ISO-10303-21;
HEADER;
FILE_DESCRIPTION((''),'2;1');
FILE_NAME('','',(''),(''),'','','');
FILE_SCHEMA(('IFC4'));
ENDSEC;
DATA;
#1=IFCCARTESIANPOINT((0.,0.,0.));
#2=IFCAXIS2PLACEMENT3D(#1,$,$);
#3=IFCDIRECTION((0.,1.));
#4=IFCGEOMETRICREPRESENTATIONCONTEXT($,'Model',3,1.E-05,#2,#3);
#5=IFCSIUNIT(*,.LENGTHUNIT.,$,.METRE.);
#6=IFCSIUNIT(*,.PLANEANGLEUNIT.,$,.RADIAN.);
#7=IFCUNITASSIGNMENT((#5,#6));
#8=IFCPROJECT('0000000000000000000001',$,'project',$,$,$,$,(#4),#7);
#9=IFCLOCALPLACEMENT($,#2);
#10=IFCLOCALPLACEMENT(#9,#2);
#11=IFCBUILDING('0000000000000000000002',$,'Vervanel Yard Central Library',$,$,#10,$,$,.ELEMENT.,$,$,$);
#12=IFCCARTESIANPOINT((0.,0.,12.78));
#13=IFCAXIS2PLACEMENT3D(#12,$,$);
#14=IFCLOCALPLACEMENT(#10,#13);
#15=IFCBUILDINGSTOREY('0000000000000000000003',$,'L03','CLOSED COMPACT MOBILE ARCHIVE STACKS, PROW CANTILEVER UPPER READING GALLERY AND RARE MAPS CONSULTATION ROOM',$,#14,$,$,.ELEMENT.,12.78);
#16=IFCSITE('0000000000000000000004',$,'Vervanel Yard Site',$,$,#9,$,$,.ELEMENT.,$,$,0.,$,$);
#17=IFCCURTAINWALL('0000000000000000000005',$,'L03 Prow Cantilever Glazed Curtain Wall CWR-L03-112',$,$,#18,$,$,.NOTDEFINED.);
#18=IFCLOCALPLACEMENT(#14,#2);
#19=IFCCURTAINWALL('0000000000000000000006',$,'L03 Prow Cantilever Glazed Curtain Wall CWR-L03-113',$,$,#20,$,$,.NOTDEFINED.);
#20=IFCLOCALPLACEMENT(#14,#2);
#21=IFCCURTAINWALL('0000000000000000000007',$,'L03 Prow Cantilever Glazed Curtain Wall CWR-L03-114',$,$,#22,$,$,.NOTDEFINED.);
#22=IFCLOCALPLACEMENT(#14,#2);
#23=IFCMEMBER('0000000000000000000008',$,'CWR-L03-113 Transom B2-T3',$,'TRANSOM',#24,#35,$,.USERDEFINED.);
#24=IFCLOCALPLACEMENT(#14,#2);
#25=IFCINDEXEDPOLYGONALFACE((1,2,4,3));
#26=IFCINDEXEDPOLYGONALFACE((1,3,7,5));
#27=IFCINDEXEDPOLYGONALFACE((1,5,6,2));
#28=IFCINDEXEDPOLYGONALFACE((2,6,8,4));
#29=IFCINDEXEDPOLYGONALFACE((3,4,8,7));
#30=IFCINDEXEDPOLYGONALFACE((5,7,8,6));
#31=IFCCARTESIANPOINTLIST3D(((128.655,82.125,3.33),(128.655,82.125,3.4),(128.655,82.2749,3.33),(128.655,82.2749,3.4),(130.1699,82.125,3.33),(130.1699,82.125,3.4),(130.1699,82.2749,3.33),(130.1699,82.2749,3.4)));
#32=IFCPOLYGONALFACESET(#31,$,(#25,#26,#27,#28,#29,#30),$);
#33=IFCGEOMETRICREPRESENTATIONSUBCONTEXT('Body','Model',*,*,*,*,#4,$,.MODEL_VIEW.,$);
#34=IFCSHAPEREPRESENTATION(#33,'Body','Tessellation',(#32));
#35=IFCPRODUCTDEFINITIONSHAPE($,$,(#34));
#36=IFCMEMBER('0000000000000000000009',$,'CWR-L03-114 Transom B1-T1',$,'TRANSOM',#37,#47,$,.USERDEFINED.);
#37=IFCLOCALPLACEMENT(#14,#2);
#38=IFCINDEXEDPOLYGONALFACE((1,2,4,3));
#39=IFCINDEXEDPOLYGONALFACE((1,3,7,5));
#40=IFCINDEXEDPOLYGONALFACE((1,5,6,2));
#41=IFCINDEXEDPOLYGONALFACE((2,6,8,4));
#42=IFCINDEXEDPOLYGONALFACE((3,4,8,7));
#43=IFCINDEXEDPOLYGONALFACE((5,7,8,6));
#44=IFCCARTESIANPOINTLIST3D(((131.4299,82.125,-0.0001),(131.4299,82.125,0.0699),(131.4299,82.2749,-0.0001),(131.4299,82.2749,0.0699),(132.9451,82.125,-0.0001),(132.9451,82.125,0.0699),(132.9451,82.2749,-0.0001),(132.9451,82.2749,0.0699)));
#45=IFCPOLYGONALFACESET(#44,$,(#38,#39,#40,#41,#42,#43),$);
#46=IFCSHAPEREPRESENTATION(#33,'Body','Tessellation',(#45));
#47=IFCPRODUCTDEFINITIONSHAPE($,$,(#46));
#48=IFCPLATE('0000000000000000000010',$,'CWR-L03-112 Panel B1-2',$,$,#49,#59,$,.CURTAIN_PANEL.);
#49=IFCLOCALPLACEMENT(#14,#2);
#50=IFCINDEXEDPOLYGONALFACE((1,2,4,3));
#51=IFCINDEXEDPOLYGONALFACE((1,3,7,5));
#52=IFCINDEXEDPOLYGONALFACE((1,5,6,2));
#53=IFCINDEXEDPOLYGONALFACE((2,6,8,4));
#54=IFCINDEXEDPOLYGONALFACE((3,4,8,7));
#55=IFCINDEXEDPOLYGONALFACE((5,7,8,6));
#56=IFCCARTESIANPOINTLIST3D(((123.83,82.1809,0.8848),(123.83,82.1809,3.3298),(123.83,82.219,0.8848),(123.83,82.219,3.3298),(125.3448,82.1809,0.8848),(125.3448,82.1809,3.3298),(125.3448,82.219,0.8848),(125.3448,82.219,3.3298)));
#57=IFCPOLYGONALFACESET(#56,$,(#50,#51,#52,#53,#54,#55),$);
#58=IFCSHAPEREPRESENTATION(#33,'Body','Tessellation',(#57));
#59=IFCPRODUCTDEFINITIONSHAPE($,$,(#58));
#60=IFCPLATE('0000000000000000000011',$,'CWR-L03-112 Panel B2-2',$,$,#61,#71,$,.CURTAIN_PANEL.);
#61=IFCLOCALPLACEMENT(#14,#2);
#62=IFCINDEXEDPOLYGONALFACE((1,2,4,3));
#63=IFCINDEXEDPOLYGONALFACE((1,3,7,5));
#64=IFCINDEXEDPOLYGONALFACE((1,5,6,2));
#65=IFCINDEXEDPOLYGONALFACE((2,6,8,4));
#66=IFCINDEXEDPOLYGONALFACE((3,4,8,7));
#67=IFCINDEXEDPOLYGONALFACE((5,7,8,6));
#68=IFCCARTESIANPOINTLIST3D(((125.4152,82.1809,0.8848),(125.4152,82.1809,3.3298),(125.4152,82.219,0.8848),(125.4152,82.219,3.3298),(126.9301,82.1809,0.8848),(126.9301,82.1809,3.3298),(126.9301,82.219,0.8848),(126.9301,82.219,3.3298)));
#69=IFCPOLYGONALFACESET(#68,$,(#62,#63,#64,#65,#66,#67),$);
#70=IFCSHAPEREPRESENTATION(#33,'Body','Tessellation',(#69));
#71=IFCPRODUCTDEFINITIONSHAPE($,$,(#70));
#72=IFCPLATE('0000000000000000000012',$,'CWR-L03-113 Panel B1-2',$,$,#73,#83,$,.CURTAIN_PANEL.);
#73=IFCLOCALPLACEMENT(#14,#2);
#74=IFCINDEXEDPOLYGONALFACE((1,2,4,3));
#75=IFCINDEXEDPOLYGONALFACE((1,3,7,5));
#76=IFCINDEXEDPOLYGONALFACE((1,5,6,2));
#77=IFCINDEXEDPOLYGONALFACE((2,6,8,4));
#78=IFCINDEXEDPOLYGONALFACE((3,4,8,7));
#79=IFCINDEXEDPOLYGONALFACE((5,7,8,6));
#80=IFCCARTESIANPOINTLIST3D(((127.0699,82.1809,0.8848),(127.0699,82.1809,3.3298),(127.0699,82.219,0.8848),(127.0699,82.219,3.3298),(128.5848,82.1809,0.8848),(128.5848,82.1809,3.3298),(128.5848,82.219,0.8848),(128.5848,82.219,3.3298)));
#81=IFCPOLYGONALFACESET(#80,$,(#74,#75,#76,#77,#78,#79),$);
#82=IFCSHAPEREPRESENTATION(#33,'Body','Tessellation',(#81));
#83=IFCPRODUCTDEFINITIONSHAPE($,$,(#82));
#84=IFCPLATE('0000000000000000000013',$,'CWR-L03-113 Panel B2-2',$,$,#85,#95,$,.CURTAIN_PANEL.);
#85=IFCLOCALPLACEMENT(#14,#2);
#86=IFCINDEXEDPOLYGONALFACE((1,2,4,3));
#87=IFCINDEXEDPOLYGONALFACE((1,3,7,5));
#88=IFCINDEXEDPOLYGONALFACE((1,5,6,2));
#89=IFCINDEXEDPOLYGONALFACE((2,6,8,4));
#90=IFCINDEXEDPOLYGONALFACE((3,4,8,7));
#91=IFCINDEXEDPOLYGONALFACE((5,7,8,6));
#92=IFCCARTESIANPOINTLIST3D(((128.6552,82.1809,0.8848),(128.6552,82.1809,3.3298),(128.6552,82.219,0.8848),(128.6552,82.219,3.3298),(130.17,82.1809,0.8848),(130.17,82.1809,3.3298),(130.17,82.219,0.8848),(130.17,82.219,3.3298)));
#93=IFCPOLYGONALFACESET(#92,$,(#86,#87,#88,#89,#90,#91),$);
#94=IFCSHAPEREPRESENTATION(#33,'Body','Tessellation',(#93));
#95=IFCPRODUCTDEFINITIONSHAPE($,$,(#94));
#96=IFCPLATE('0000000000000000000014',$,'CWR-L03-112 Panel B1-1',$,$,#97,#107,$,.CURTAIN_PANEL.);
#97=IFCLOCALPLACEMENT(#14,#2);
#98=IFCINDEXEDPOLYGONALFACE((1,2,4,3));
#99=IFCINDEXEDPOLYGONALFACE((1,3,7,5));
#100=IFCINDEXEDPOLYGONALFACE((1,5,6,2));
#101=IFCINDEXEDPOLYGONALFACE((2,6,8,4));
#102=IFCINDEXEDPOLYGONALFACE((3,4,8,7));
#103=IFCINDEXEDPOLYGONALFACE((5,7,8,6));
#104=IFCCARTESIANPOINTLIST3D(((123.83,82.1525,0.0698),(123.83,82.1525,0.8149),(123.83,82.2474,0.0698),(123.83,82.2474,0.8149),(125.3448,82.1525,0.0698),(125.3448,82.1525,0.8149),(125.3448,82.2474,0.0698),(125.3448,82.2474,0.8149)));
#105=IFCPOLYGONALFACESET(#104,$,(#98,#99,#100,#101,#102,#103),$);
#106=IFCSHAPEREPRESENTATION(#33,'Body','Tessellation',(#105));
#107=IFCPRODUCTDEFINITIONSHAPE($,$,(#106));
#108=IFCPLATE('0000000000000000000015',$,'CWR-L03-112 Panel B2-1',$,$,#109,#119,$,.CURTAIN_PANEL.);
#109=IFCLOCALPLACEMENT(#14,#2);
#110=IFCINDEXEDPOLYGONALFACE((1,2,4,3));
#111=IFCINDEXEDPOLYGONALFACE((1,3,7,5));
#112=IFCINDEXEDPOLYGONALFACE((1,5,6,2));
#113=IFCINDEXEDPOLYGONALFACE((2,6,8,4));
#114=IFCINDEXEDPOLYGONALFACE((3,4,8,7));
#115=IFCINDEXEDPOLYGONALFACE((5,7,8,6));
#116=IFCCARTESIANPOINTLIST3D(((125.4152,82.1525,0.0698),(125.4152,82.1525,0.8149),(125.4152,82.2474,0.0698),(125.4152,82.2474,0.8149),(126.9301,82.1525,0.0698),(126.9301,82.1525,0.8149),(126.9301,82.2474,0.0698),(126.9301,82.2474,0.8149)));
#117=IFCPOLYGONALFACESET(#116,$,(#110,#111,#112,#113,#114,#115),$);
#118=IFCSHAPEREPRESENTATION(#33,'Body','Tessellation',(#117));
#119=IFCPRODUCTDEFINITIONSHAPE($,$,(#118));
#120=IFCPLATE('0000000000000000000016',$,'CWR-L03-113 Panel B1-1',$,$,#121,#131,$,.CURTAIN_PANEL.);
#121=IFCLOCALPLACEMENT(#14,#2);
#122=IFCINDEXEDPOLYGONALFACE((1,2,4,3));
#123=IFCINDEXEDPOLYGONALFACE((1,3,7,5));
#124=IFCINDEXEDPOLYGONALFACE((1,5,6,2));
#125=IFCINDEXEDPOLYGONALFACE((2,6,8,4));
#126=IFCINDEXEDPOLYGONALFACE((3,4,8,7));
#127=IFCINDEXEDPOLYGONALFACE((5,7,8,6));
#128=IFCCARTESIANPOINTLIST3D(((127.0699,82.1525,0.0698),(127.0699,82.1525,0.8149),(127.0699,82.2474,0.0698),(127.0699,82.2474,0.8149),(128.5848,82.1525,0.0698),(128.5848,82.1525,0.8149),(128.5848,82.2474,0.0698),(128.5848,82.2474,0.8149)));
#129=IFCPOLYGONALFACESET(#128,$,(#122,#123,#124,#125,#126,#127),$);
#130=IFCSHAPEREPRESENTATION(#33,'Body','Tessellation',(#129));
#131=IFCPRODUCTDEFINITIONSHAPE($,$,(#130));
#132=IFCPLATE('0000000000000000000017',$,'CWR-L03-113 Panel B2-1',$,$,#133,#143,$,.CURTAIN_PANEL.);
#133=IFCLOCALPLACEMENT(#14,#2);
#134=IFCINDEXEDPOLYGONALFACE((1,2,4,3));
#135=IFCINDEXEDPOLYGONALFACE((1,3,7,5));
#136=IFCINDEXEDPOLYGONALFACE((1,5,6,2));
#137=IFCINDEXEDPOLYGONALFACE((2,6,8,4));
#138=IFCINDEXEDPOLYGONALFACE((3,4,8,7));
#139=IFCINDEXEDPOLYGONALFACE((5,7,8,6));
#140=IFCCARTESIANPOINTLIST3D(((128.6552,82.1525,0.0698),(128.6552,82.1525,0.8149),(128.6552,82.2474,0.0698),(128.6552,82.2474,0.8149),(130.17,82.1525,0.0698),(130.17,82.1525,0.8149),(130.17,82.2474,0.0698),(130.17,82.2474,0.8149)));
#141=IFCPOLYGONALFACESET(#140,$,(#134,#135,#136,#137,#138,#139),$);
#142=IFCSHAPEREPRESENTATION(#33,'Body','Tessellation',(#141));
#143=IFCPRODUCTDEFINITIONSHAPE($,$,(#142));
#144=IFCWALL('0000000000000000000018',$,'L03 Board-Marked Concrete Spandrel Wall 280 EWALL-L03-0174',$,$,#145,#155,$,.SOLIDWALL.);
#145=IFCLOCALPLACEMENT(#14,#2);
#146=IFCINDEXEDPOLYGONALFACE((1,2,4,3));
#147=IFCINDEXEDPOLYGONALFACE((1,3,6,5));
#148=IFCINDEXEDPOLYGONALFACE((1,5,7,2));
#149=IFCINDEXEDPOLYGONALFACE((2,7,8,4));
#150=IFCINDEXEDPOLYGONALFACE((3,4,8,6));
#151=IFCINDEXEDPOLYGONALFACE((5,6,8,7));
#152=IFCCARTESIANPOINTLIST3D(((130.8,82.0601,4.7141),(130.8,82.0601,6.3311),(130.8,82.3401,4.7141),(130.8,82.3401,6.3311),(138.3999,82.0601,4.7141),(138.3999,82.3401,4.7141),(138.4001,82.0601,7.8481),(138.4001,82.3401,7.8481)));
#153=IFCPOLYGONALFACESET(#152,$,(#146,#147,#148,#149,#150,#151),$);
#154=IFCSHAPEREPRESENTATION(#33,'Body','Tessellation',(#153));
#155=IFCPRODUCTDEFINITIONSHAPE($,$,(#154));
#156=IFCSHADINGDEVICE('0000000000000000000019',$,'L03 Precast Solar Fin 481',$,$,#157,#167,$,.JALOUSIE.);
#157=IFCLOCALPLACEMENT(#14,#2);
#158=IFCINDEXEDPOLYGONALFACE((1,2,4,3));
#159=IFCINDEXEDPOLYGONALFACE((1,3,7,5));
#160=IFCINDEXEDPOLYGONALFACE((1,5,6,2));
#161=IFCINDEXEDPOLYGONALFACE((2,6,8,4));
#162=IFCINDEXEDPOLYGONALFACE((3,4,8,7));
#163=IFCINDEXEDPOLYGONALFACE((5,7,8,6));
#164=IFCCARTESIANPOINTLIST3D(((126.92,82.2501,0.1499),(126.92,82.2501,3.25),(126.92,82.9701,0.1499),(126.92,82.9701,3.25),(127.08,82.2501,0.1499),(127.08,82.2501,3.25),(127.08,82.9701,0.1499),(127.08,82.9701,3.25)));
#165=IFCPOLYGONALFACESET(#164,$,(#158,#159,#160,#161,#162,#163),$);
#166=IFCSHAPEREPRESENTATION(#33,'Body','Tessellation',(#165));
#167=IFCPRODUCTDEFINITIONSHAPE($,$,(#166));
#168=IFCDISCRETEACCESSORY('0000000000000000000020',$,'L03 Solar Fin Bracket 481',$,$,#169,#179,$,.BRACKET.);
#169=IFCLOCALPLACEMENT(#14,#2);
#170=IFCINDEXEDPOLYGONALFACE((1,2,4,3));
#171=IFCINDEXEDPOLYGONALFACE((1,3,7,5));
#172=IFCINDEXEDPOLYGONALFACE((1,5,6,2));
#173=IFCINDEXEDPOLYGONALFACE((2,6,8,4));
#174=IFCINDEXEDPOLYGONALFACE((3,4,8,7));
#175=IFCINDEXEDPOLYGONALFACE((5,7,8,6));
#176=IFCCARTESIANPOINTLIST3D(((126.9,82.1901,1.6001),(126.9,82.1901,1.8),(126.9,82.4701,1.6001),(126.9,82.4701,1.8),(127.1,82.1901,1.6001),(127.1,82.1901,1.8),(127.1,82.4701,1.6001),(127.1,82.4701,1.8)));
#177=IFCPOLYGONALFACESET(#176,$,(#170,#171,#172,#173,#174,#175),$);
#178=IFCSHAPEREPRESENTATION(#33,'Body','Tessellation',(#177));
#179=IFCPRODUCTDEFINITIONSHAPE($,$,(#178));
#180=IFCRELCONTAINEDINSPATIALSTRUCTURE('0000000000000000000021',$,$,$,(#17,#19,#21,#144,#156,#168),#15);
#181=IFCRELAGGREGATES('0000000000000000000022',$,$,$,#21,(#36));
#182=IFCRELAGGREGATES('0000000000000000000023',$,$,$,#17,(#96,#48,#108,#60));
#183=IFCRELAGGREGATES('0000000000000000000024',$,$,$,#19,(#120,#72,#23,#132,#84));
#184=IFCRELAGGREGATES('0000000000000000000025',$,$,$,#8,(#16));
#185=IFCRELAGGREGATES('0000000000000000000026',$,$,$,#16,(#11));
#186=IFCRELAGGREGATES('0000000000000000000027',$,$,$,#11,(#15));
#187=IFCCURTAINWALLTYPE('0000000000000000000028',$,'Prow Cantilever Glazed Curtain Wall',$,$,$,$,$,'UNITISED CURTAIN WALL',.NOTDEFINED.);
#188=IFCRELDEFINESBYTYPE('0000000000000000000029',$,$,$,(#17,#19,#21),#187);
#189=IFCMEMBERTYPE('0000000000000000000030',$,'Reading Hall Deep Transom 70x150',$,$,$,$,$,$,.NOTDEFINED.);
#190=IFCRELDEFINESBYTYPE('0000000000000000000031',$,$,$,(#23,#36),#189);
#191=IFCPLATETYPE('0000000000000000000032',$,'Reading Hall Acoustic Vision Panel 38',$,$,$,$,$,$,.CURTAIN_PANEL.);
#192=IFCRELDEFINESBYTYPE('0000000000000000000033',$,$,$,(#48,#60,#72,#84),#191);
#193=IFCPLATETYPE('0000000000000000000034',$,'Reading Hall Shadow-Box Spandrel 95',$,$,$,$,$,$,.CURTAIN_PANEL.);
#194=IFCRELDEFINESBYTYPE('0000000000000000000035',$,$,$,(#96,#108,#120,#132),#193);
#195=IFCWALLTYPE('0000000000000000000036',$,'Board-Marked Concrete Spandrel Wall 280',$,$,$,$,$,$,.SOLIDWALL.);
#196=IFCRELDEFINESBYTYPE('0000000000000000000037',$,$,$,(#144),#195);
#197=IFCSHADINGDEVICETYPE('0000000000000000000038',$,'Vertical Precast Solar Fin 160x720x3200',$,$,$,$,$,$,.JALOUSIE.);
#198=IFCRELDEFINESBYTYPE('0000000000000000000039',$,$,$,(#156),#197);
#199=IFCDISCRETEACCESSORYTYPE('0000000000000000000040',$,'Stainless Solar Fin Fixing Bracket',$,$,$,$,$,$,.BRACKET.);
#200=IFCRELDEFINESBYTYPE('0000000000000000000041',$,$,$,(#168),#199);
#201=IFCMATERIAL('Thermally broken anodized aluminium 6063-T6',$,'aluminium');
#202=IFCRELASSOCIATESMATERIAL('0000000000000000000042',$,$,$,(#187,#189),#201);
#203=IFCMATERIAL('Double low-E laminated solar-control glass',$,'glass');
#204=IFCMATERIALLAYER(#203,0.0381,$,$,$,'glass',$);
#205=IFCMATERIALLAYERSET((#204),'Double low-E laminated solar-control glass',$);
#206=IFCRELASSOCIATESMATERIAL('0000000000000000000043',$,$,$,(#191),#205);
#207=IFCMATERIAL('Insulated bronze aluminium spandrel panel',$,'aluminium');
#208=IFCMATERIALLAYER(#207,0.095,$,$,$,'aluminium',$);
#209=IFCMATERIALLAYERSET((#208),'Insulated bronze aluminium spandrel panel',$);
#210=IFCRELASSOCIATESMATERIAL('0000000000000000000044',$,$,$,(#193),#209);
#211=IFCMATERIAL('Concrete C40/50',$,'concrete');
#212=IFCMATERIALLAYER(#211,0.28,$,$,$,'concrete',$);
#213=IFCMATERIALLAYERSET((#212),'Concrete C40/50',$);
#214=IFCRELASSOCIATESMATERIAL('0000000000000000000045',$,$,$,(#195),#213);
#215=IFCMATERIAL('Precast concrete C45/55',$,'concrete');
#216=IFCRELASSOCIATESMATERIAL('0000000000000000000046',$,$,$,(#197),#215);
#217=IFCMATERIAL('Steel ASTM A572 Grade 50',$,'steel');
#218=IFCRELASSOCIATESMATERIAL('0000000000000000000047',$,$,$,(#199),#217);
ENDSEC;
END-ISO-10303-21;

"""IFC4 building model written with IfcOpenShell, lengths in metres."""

from ifc_helpers import new_model, si_unit, direction, frame, origin, origin_2d, place, context, subcontext, project, spatial, polyline, rectangle, outline, extrude, material, layer, layer_set, material_profile, profile_set, type_object, element, aggregate, save


model = new_model("IFC4")

# Units and contexts
model_context = context("Model", 3, precision=1e-05, world=origin(), true_north=direction((0.0, 1.0)))
body_context = subcontext(model_context, "Body", "Model", "MODEL_VIEW")
ifc_project = project(units=[si_unit("LENGTHUNIT", "METRE"), si_unit("PLANEANGLEUNIT", "RADIAN")], contexts=[model_context])

# Site, building, storey
site_placement = place(None, origin())
site = spatial("IfcSite", under=ifc_project, at=site_placement, Name="Vervanel Yard Site", CompositionType="ELEMENT", RefElevation=0.0)
building_placement = place(site_placement, origin())
building = spatial("IfcBuilding", under=site, at=building_placement, Name="Vervanel Yard Central Library", CompositionType="ELEMENT")
storey_placement = place(building_placement, frame((0.0, 0.0, 12.78)))
storey = spatial("IfcBuildingStorey", under=building, at=storey_placement, Name="L03", Description="CLOSED COMPACT MOBILE ARCHIVE STACKS, PROW CANTILEVER UPPER READING GALLERY AND RARE MAPS CONSULTATION ROOM", CompositionType="ELEMENT", Elevation=12.78)

# Curtain walls
ifc_material_1 = material(Name="Thermally broken anodized aluminium 6063-T6", Category="aluminium")
curtain_wall_type = type_object("IfcCurtainWallType", Name="Prow Cantilever Glazed Curtain Wall", ElementType="UNITISED CURTAIN WALL", PredefinedType="NOTDEFINED", material=ifc_material_1)
curtain_wall_1_placement = place(storey_placement, origin())
curtain_wall_1 = element("IfcCurtainWall", 1, at=curtain_wall_1_placement, inside=storey, type_object=curtain_wall_type, Name="L03 Prow Cantilever Glazed Curtain Wall CWR-L03-112", PredefinedType="NOTDEFINED")
curtain_wall_2_placement = place(storey_placement, origin())
curtain_wall_2 = element("IfcCurtainWall", 2, at=curtain_wall_2_placement, inside=storey, type_object=curtain_wall_type, Name="L03 Prow Cantilever Glazed Curtain Wall CWR-L03-113", PredefinedType="NOTDEFINED")

# Curtain wall
curtain_wall_3_placement = place(storey_placement, origin())
curtain_wall_3 = element("IfcCurtainWall", 3, at=curtain_wall_3_placement, inside=storey, type_object=curtain_wall_type, Name="L03 Prow Cantilever Glazed Curtain Wall CWR-L03-114", PredefinedType="NOTDEFINED")

# Members
ifc_material_profile_1 = material_profile(ifc_material_1, rectangle(XDim=0.0701, YDim=0.1499, at=origin_2d()), Name="ALU 70x150", Category="aluminium")
ifc_profile_set_1 = profile_set([ifc_material_profile_1], Name="Thermally broken anodized aluminium 6063-T6")
member_type_1 = type_object("IfcMemberType", Name="Reading Hall Deep Transom 70x150", PredefinedType="NOTDEFINED", material=ifc_profile_set_1)
member_1_placement = place(storey_placement, frame((128.655, 82.2, 3.365), z_axis=(1.0, 0.0, 0.0), x_axis=(0.0, 0.0, 1.0)))
member_1 = element("IfcMember", 4, at=member_1_placement, type_object=member_type_1, Name="CWR-L03-113 Transom B2-T3", ObjectType="TRANSOM", PredefinedType="USERDEFINED", context=body_context, shape_type="SweptSolid", body=[
    extrude(rectangle(XDim=0.0701, YDim=0.1499, at=origin_2d()), origin(), (0.0, 0.0, 1.0), 1.5149),
])
member_2_placement = place(storey_placement, frame((131.4299, 82.2, 0.0349), z_axis=(1.0, 0.0, 0.0), x_axis=(0.0, 0.0, 1.0)))
member_2 = element("IfcMember", 5, at=member_2_placement, type_object=member_type_1, Name="CWR-L03-114 Transom B1-T1", ObjectType="TRANSOM", PredefinedType="USERDEFINED", context=body_context, shape_type="SweptSolid", body=[
    extrude(rectangle(XDim=0.0701, YDim=0.1499, at=origin_2d()), origin(), (0.0, 0.0, 1.0), 1.5151),
])
aggregate(curtain_wall_3, [member_2])

# Plates
ifc_material_2 = material(Name="Double low-E laminated solar-control glass", Category="glass")
ifc_layer_1 = layer(ifc_material_2, 0.0381, Category="glass")
ifc_layer_set_1 = layer_set([ifc_layer_1], Name="Double low-E laminated solar-control glass")
plate_type_1 = type_object("IfcPlateType", Name="Reading Hall Acoustic Vision Panel 38", PredefinedType="CURTAIN_PANEL", material=ifc_layer_set_1)
plate_1_placement = place(storey_placement, frame((124.5874, 82.2, 0.8848), z_axis=(0.0, 0.0, 1.0), x_axis=(1.0, 0.0, 0.0)))
plate_1 = element("IfcPlate", 6, at=plate_1_placement, type_object=plate_type_1, Name="CWR-L03-112 Panel B1-2", PredefinedType="CURTAIN_PANEL", context=body_context, shape_type="SweptSolid", body=[
    extrude(rectangle(XDim=1.5149, YDim=0.0381, at=origin_2d()), origin(), (0.0, 0.0, 1.0), 2.4451),
])
plate_2_placement = place(storey_placement, frame((126.1726, 82.2, 0.8848), z_axis=(0.0, 0.0, 1.0), x_axis=(1.0, 0.0, 0.0)))
plate_2 = element("IfcPlate", 7, at=plate_2_placement, type_object=plate_type_1, Name="CWR-L03-112 Panel B2-2", PredefinedType="CURTAIN_PANEL", context=body_context, shape_type="SweptSolid", body=[
    extrude(rectangle(XDim=1.5149, YDim=0.0381, at=origin_2d()), origin(), (0.0, 0.0, 1.0), 2.4451),
])
plate_3_placement = place(storey_placement, frame((127.8274, 82.2, 0.8848), z_axis=(0.0, 0.0, 1.0), x_axis=(1.0, 0.0, 0.0)))
plate_3 = element("IfcPlate", 8, at=plate_3_placement, type_object=plate_type_1, Name="CWR-L03-113 Panel B1-2", PredefinedType="CURTAIN_PANEL", context=body_context, shape_type="SweptSolid", body=[
    extrude(rectangle(XDim=1.5149, YDim=0.0381, at=origin_2d()), origin(), (0.0, 0.0, 1.0), 2.4451),
])
plate_4_placement = place(storey_placement, frame((129.4126, 82.2, 0.8848), z_axis=(0.0, 0.0, 1.0), x_axis=(1.0, 0.0, 0.0)))
plate_4 = element("IfcPlate", 9, at=plate_4_placement, type_object=plate_type_1, Name="CWR-L03-113 Panel B2-2", PredefinedType="CURTAIN_PANEL", context=body_context, shape_type="SweptSolid", body=[
    extrude(rectangle(XDim=1.5149, YDim=0.0381, at=origin_2d()), origin(), (0.0, 0.0, 1.0), 2.4451),
])
ifc_material_3 = material(Name="Insulated bronze aluminium spandrel panel", Category="aluminium")
ifc_layer_2 = layer(ifc_material_3, 0.095, Category="aluminium")
ifc_layer_set_2 = layer_set([ifc_layer_2], Name="Insulated bronze aluminium spandrel panel")
plate_type_2 = type_object("IfcPlateType", Name="Reading Hall Shadow-Box Spandrel 95", PredefinedType="CURTAIN_PANEL", material=ifc_layer_set_2)
plate_5_placement = place(storey_placement, frame((124.5874, 82.2, 0.0698), z_axis=(0.0, 0.0, 1.0), x_axis=(1.0, 0.0, 0.0)))
plate_5 = element("IfcPlate", 10, at=plate_5_placement, type_object=plate_type_2, Name="CWR-L03-112 Panel B1-1", PredefinedType="CURTAIN_PANEL", context=body_context, shape_type="SweptSolid", body=[
    extrude(rectangle(XDim=1.5149, YDim=0.095, at=origin_2d()), origin(), (0.0, 0.0, 1.0), 0.7451),
])
plate_6_placement = place(storey_placement, frame((126.1726, 82.2, 0.0698), z_axis=(0.0, 0.0, 1.0), x_axis=(1.0, 0.0, 0.0)))
plate_6 = element("IfcPlate", 11, at=plate_6_placement, type_object=plate_type_2, Name="CWR-L03-112 Panel B2-1", PredefinedType="CURTAIN_PANEL", context=body_context, shape_type="SweptSolid", body=[
    extrude(rectangle(XDim=1.5149, YDim=0.095, at=origin_2d()), origin(), (0.0, 0.0, 1.0), 0.7451),
])
aggregate(curtain_wall_1, [plate_5, plate_1, plate_6, plate_2])
plate_7_placement = place(storey_placement, frame((127.8274, 82.2, 0.0698), z_axis=(0.0, 0.0, 1.0), x_axis=(1.0, 0.0, 0.0)))
plate_7 = element("IfcPlate", 12, at=plate_7_placement, type_object=plate_type_2, Name="CWR-L03-113 Panel B1-1", PredefinedType="CURTAIN_PANEL", context=body_context, shape_type="SweptSolid", body=[
    extrude(rectangle(XDim=1.5149, YDim=0.095, at=origin_2d()), origin(), (0.0, 0.0, 1.0), 0.7451),
])
plate_8_placement = place(storey_placement, frame((129.4126, 82.2, 0.0698), z_axis=(0.0, 0.0, 1.0), x_axis=(1.0, 0.0, 0.0)))
plate_8 = element("IfcPlate", 13, at=plate_8_placement, type_object=plate_type_2, Name="CWR-L03-113 Panel B2-1", PredefinedType="CURTAIN_PANEL", context=body_context, shape_type="SweptSolid", body=[
    extrude(rectangle(XDim=1.5149, YDim=0.095, at=origin_2d()), origin(), (0.0, 0.0, 1.0), 0.7451),
])
aggregate(curtain_wall_2, [plate_7, plate_3, member_1, plate_8, plate_4])

# Wall
ifc_material_4 = material(Name="Concrete C40/50", Category="concrete")
ifc_layer_3 = layer(ifc_material_4, 0.28, Category="concrete")
ifc_layer_set_3 = layer_set([ifc_layer_3], Name="Concrete C40/50")
wall_type = type_object("IfcWallType", Name="Board-Marked Concrete Spandrel Wall 280", PredefinedType="SOLIDWALL", material=ifc_layer_set_3)
wall_placement = place(storey_placement, frame((130.8, 82.2, 4.7141), z_axis=(0.0, 0.0, 1.0), x_axis=(1.0, 0.0, 0.0)))
element("IfcWall", 14, at=wall_placement, inside=storey, type_object=wall_type, Name="L03 Board-Marked Concrete Spandrel Wall 280 EWALL-L03-0174", PredefinedType="SOLIDWALL", context=body_context, shape_type="SweptSolid", body=[
    extrude(outline(polyline([(0.0, 0.0), (7.5999, 0.0), (7.6001, 3.134), (0.0, 1.6169), (0.0, 0.0)])), frame((0.0, 0.1401, 0.0), z_axis=(0.0, -1.0, 0.0), x_axis=(1.0, 0.0, 0.0)), (0.0, 0.0, 1.0), 0.28),
])

# Shading device
ifc_material_5 = material(Name="Precast concrete C45/55", Category="concrete")
shading_device_type = type_object("IfcShadingDeviceType", Name="Vertical Precast Solar Fin 160x720x3200", PredefinedType="JALOUSIE", material=ifc_material_5)
shading_device_placement = place(storey_placement, frame((127.0, 82.6101, 0.1499), z_axis=(0.0, 0.0, 1.0), x_axis=(1.0, 0.0, 0.0)))
element("IfcShadingDevice", 15, at=shading_device_placement, inside=storey, type_object=shading_device_type, Name="L03 Precast Solar Fin 481", PredefinedType="JALOUSIE", context=body_context, shape_type="SweptSolid", body=[
    extrude(rectangle(XDim=0.1599, YDim=0.72, at=origin_2d()), origin(), (0.0, 0.0, 1.0), 3.1001),
])

# Discrete accessory
ifc_material_6 = material(Name="Steel ASTM A572 Grade 50", Category="steel")
discrete_accessory_type = type_object("IfcDiscreteAccessoryType", Name="Stainless Solar Fin Fixing Bracket", PredefinedType="BRACKET", material=ifc_material_6)
discrete_accessory_placement = place(storey_placement, frame((127.0, 82.3301, 1.6001), z_axis=(0.0, 0.0, 1.0), x_axis=(1.0, 0.0, 0.0)))
element("IfcDiscreteAccessory", 16, at=discrete_accessory_placement, inside=storey, type_object=discrete_accessory_type, Name="L03 Solar Fin Bracket 481", PredefinedType="BRACKET", context=body_context, shape_type="SweptSolid", body=[
    extrude(rectangle(XDim=0.2, YDim=0.28, at=origin_2d()), origin(), (0.0, 0.0, 1.0), 0.2),
])

save(model, "model.ifc")
